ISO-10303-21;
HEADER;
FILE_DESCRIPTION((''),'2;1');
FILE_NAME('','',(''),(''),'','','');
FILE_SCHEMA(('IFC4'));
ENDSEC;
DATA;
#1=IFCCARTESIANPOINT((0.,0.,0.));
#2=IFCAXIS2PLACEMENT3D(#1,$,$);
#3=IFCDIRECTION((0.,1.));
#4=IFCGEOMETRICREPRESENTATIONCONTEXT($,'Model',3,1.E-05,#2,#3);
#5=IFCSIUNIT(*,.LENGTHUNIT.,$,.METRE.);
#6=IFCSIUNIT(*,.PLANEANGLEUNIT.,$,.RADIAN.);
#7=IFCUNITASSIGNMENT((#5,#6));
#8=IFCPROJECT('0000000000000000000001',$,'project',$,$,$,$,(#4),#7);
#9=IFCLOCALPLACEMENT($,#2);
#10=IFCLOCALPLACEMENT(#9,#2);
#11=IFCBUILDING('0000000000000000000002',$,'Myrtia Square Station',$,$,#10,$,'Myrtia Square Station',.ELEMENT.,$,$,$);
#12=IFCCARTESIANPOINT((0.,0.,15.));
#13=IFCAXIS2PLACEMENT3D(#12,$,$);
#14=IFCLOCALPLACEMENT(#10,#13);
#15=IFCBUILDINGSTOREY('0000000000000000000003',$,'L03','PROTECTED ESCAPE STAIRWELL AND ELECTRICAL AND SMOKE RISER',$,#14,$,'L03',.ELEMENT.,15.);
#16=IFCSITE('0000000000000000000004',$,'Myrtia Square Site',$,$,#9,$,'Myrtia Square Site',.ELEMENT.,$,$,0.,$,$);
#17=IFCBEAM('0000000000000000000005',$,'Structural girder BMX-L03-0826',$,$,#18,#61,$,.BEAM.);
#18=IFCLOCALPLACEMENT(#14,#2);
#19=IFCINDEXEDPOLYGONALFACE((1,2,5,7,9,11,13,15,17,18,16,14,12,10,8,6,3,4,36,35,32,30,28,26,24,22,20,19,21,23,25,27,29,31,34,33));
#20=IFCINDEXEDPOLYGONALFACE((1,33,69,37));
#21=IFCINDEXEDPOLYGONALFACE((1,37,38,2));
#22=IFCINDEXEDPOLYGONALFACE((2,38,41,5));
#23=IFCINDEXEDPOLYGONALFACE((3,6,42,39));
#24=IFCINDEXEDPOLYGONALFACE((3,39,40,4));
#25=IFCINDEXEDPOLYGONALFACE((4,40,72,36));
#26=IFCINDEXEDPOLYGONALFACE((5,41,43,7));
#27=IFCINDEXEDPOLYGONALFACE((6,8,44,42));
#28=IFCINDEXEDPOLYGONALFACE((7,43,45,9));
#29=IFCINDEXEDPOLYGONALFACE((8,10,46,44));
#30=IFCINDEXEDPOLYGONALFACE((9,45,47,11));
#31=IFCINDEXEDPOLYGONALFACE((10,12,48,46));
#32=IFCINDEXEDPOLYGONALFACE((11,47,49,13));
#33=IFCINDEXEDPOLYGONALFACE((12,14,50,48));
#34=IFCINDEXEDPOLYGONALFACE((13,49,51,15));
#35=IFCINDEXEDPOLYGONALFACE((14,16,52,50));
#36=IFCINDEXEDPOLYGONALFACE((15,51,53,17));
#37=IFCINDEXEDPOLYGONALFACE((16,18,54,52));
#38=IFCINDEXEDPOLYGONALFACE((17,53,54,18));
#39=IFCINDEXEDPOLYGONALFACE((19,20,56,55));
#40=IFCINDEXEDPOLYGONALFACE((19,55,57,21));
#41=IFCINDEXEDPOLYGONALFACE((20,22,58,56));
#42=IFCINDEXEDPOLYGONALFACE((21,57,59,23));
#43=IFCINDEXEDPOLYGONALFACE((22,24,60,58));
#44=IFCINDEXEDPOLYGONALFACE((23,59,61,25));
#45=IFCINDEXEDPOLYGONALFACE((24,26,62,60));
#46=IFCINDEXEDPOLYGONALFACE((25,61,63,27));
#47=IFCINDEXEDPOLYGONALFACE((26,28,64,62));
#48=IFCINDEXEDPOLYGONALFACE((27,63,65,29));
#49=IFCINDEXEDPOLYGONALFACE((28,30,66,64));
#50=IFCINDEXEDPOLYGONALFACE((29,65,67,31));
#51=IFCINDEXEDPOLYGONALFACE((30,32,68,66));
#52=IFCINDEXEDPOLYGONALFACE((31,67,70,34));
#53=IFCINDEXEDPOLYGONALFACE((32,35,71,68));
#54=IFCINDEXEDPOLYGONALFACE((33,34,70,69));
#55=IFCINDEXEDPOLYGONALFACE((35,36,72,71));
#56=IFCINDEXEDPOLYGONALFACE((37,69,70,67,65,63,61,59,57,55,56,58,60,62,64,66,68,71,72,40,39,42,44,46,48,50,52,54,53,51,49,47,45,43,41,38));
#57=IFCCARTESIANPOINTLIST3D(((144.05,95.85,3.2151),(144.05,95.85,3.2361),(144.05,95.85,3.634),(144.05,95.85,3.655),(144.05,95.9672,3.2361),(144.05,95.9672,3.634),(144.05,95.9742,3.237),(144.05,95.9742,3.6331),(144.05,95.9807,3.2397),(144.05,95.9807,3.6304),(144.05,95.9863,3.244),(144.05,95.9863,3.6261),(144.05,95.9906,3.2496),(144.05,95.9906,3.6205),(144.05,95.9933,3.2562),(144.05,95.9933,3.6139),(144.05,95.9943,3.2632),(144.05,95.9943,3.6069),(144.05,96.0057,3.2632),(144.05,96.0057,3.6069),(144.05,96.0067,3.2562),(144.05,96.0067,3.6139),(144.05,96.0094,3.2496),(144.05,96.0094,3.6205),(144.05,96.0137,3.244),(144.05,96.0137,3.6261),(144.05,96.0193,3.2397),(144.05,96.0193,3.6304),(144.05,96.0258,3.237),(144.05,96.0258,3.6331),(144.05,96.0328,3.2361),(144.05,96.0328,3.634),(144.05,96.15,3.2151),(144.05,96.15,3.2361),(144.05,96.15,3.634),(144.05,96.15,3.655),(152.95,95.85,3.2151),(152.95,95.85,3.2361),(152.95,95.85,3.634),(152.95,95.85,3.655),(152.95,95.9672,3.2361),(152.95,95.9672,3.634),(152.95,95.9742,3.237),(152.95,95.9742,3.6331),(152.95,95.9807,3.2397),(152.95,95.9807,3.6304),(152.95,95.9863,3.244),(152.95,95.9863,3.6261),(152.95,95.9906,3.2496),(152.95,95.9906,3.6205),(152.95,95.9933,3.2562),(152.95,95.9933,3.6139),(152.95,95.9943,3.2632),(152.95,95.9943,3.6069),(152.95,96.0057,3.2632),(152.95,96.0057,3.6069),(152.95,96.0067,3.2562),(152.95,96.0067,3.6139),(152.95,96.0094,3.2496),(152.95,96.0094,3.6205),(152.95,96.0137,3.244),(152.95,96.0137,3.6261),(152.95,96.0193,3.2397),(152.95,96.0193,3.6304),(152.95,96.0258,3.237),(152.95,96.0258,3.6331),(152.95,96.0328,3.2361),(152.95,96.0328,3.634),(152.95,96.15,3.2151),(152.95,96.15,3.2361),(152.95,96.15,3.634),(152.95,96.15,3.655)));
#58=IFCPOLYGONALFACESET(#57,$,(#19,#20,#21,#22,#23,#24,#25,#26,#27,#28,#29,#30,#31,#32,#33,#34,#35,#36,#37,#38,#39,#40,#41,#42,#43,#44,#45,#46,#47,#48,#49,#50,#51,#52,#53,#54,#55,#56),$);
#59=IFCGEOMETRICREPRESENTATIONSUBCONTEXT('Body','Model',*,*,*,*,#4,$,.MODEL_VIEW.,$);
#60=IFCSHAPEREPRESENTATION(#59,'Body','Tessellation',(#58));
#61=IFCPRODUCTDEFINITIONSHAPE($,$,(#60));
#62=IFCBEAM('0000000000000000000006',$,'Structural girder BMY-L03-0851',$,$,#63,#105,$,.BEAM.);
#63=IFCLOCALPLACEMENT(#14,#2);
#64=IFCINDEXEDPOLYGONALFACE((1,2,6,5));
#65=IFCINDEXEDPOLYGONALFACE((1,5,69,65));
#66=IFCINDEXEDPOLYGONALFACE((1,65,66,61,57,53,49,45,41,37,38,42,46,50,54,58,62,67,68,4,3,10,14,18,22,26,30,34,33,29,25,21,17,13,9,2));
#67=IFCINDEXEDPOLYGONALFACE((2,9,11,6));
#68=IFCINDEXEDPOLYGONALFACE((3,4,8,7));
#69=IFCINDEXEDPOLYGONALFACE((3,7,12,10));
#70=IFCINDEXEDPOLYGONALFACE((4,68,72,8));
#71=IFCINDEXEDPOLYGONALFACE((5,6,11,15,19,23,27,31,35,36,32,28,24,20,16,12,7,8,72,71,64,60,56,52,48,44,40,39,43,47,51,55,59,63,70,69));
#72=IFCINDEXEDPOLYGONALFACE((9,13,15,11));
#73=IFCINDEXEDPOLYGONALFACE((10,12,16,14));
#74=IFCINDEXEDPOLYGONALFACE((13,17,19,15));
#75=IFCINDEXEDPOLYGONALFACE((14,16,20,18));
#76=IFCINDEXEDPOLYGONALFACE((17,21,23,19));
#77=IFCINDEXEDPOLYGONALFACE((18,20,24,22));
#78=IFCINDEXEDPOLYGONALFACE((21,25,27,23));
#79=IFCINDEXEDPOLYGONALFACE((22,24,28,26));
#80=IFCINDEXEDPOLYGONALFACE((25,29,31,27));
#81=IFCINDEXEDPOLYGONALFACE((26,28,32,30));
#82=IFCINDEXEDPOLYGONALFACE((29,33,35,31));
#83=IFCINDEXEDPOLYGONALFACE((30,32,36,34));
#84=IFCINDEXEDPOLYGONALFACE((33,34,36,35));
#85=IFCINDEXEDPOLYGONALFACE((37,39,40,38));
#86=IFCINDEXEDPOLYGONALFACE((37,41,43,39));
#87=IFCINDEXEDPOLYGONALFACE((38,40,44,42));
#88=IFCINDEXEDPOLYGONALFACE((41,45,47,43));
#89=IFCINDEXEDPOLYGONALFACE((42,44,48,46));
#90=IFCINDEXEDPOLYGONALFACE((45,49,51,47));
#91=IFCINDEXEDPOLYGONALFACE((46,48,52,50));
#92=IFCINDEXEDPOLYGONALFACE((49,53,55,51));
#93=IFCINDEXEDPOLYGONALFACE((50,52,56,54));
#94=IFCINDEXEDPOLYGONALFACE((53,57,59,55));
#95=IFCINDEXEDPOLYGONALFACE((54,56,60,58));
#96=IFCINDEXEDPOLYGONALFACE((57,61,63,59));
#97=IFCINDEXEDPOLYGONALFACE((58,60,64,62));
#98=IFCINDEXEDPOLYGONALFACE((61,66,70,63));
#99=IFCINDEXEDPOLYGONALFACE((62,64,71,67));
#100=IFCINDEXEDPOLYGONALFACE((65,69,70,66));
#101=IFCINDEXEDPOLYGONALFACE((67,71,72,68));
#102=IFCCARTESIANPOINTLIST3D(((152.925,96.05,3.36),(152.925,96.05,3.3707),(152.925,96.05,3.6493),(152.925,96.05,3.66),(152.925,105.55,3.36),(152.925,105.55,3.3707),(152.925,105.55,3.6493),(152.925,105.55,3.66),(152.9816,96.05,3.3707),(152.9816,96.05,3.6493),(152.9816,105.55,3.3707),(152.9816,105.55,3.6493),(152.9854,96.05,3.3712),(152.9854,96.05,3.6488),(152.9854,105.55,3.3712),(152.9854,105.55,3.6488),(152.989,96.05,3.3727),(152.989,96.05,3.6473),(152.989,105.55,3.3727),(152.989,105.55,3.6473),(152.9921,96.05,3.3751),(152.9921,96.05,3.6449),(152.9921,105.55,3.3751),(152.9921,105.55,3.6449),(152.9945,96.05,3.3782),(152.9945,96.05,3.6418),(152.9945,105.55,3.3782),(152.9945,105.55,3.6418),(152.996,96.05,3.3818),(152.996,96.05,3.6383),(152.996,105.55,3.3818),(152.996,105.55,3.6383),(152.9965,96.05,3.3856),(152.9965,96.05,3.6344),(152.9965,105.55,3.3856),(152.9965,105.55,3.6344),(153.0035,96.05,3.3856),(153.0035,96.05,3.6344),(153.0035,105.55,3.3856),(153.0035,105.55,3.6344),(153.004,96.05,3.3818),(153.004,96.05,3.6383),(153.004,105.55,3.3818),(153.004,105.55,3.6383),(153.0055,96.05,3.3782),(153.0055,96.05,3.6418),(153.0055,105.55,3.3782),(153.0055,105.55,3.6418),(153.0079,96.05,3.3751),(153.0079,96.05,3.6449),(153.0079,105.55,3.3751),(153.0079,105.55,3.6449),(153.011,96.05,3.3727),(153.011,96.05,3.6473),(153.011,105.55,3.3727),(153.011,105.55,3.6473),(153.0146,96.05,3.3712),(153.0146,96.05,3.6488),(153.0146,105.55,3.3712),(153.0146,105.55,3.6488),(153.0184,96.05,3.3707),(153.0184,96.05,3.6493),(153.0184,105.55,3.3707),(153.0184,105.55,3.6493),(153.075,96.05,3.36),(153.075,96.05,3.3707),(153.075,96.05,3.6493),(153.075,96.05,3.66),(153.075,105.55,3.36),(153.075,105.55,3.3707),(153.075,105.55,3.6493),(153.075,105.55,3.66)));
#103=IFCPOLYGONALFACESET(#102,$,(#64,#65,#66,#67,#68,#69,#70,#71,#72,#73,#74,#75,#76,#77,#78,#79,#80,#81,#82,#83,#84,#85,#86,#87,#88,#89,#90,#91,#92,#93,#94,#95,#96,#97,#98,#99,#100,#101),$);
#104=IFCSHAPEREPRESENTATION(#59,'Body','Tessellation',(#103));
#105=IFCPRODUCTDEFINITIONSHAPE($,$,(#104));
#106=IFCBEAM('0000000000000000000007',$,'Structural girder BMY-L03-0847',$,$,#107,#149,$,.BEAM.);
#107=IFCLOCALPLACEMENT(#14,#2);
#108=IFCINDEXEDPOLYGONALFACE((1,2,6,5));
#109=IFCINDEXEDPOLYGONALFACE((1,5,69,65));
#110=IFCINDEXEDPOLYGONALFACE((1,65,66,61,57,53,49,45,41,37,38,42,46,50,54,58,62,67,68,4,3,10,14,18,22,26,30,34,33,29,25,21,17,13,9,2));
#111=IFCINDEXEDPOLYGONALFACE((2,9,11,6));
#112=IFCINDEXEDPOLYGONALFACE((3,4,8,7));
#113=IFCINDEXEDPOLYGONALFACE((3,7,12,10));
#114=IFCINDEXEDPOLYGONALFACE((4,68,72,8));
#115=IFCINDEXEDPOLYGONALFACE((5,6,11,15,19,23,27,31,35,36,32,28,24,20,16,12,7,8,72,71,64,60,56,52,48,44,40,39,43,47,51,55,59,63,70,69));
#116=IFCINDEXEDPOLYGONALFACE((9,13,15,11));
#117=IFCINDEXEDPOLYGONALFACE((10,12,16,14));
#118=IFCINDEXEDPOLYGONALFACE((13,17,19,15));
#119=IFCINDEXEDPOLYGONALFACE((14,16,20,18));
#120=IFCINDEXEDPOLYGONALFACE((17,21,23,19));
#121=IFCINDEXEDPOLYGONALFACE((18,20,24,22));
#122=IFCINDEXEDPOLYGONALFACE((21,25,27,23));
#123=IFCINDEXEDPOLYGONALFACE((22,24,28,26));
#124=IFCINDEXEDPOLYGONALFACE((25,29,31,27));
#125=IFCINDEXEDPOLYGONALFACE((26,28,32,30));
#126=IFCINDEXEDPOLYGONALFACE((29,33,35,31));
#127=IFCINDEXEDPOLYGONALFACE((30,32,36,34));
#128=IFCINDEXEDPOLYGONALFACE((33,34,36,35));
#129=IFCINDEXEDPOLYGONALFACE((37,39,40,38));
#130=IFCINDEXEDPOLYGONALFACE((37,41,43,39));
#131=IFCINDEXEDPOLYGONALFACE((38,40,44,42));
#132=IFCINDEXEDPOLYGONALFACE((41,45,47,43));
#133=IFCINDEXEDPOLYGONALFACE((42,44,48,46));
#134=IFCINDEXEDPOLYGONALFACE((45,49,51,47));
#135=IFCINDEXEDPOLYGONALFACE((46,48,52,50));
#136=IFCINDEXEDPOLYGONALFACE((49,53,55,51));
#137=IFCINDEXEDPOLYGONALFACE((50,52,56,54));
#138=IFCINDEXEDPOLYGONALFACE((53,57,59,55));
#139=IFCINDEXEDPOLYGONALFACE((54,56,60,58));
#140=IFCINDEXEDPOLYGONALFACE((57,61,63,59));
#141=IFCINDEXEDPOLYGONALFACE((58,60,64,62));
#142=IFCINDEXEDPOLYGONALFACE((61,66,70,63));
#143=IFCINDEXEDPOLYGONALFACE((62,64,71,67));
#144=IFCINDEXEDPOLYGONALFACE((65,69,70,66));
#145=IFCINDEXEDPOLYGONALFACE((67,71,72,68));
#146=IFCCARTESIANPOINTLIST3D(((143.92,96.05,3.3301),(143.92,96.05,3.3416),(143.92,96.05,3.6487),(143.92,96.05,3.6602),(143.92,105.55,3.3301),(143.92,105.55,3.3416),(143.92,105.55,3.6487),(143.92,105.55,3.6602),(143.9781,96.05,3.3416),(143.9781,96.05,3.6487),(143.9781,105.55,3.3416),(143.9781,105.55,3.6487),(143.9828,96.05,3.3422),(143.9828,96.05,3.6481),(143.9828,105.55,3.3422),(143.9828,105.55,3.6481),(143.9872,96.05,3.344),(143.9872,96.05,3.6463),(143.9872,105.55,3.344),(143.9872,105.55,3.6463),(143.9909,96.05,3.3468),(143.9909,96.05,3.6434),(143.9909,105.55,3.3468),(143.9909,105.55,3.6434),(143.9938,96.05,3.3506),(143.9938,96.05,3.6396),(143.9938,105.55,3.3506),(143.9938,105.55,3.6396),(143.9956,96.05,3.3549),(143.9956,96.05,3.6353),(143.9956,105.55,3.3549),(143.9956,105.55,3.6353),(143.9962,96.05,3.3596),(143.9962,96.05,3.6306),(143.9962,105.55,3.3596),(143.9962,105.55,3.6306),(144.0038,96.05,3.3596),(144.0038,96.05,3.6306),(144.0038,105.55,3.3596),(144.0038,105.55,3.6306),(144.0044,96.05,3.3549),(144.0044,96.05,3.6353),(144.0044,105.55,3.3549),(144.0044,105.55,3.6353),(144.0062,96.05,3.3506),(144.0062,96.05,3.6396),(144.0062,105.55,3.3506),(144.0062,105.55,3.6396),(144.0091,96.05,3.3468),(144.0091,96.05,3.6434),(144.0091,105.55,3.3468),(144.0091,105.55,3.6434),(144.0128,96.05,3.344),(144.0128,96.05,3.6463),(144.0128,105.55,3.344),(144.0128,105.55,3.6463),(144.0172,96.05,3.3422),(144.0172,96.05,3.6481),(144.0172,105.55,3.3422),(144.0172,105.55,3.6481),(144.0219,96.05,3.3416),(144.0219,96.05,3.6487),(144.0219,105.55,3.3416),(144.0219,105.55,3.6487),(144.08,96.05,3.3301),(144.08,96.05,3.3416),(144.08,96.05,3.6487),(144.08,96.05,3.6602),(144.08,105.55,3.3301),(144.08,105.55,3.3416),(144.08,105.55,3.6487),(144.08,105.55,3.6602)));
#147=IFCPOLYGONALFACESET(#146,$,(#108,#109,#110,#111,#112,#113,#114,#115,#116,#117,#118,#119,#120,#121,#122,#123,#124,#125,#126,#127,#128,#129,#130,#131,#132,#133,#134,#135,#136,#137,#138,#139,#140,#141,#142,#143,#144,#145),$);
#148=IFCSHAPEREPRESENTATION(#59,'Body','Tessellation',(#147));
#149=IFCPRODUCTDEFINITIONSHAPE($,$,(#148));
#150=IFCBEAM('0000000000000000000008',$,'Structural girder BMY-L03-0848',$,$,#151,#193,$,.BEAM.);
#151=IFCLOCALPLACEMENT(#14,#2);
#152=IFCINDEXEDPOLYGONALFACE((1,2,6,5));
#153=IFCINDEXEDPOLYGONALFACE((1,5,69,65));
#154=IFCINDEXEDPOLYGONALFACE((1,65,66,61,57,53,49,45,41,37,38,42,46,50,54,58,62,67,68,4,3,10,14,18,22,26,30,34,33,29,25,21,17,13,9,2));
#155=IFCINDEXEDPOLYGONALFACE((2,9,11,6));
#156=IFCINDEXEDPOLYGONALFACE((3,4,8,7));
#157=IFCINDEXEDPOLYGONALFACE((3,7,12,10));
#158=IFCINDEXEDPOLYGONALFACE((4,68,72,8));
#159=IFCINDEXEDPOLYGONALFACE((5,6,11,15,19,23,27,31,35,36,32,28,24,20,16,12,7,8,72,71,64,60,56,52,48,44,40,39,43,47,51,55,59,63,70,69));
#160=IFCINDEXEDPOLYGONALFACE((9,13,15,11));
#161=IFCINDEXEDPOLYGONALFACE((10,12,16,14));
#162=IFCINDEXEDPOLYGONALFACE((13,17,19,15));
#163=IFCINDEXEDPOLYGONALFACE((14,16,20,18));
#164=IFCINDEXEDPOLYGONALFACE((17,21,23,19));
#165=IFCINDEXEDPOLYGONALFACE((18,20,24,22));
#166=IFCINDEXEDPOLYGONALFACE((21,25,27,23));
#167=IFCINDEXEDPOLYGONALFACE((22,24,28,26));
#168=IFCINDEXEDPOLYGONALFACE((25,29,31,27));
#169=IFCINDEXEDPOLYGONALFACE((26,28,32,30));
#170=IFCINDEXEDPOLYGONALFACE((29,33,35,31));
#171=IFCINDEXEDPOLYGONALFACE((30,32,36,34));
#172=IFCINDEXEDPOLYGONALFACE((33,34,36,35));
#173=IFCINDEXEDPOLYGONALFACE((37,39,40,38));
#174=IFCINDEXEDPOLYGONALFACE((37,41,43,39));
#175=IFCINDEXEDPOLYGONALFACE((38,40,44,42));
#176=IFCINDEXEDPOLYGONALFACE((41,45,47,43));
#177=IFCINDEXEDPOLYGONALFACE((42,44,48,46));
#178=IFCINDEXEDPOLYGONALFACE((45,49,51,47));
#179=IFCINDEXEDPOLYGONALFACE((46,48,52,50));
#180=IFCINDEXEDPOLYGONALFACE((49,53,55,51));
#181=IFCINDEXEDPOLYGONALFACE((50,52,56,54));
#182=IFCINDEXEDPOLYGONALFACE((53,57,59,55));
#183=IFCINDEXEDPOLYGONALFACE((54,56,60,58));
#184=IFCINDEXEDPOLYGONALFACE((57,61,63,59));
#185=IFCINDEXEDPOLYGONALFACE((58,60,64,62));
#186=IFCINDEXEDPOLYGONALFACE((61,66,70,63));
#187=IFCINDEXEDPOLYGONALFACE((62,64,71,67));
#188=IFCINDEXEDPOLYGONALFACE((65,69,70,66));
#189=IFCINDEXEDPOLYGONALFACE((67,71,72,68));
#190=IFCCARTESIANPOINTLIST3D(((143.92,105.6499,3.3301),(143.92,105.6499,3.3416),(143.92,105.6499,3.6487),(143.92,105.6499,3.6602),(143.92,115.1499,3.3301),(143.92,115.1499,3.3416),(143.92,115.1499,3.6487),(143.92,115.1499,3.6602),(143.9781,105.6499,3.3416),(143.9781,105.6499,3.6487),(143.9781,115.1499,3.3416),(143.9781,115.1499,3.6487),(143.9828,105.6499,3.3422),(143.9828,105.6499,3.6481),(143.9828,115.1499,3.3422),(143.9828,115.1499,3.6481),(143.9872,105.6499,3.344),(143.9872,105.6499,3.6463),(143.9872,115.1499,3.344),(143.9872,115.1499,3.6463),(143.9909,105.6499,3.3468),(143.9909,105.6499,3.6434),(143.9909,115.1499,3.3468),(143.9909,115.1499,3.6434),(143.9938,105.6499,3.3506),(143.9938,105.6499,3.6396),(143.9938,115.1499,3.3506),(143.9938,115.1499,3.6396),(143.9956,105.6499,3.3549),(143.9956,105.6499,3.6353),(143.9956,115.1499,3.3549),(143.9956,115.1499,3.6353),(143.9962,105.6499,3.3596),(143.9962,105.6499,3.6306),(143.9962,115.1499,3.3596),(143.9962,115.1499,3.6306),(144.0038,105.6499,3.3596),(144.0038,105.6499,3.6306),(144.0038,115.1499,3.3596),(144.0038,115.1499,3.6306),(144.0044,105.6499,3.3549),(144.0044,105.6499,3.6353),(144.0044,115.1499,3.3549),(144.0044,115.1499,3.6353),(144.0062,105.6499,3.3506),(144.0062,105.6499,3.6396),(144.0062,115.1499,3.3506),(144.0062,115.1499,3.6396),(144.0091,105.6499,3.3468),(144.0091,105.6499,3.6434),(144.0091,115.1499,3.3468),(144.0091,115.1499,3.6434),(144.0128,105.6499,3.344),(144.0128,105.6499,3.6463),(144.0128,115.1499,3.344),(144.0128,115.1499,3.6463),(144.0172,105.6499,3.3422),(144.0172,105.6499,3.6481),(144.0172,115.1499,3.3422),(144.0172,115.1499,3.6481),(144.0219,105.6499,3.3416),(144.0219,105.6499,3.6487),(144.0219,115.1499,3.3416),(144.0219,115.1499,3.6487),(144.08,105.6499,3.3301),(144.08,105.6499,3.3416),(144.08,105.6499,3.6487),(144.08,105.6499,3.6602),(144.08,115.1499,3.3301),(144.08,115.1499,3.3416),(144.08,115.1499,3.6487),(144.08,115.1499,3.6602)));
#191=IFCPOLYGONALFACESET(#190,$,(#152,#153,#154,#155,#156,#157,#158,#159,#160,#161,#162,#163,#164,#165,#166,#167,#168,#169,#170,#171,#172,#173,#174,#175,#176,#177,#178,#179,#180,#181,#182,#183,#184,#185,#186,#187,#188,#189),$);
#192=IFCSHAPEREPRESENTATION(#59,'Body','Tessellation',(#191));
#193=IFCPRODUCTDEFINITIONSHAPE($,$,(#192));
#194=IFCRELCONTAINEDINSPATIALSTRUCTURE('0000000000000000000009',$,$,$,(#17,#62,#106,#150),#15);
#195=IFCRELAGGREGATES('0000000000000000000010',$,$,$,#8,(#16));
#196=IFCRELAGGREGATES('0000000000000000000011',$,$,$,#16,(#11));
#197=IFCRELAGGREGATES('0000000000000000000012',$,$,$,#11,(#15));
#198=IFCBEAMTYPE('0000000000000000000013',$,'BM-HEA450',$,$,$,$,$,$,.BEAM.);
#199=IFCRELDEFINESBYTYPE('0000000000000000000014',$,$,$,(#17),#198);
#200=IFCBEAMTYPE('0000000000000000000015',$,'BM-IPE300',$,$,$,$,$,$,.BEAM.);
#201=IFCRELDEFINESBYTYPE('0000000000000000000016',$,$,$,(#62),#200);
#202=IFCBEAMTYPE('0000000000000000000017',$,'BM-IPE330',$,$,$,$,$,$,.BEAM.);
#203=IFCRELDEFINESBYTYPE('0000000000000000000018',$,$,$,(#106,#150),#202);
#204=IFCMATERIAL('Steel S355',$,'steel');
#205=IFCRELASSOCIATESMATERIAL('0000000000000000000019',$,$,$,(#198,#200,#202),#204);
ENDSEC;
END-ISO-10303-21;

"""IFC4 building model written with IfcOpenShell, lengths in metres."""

from ifc_helpers import new_model, si_unit, direction, frame, origin, origin_2d, place, context, subcontext, project, spatial, i_section, extrude, material, material_profile, profile_set, type_object, element, save


model = new_model("IFC4")

# Units and contexts
model_context = context("Model", 3, precision=1e-05, world=origin(), true_north=direction((0.0, 1.0)))
body_context = subcontext(model_context, "Body", "Model", "MODEL_VIEW")
ifc_project = project(units=[si_unit("LENGTHUNIT", "METRE"), si_unit("PLANEANGLEUNIT", "RADIAN")], contexts=[model_context])

# Site, building, storey
site_placement = place(None, origin())
site = spatial("IfcSite", under=ifc_project, at=site_placement, Name="Myrtia Square Site", LongName="Myrtia Square Site", CompositionType="ELEMENT", RefElevation=0.0)
building_placement = place(site_placement, origin())
building = spatial("IfcBuilding", under=site, at=building_placement, Name="Myrtia Square Station", LongName="Myrtia Square Station", CompositionType="ELEMENT")
storey_placement = place(building_placement, frame((0.0, 0.0, 15.0)))
storey = spatial("IfcBuildingStorey", under=building, at=storey_placement, Name="L03", Description="PROTECTED ESCAPE STAIRWELL AND ELECTRICAL AND SMOKE RISER", LongName="L03", CompositionType="ELEMENT", Elevation=15.0)

# Shared definitions
ifc_material_1 = material(Name="Steel S355", Category="steel")

# Beams
ifc_material_profile_1 = material_profile(ifc_material_1, i_section(OverallWidth=0.3, OverallDepth=0.4399, WebThickness=0.0115, FlangeThickness=0.021, FilletRadius=0.0271, at=origin_2d()), Name="HEA 450")
ifc_profile_set_1 = profile_set([ifc_material_profile_1], Name="Steel S355")
beam_type_1 = type_object("IfcBeamType", Name="BM-HEA450", PredefinedType="BEAM", material=ifc_profile_set_1)
beam_1_placement = place(storey_placement, frame((144.05, 96.0, 3.4351), z_axis=(1.0, 0.0, 0.0), x_axis=(0.0, 1.0, 0.0)))
element("IfcBeam", 1, at=beam_1_placement, inside=storey, type_object=beam_type_1, Name="Structural girder BMX-L03-0826", PredefinedType="BEAM", context=body_context, shape_type="SweptSolid", body=[
    extrude(i_section(OverallWidth=0.3, OverallDepth=0.4399, WebThickness=0.0115, FlangeThickness=0.021, FilletRadius=0.0271, at=origin_2d()), origin(), (0.0, 0.0, 1.0), 8.8999),
])
ifc_material_profile_2 = material_profile(ifc_material_1, i_section(OverallWidth=0.1499, OverallDepth=0.3, WebThickness=0.0071, FlangeThickness=0.0107, FilletRadius=0.0149, at=origin_2d()), Name="IPE 300")
ifc_profile_set_2 = profile_set([ifc_material_profile_2], Name="Steel S355")
beam_type_2 = type_object("IfcBeamType", Name="BM-IPE300", PredefinedType="BEAM", material=ifc_profile_set_2)
beam_2_placement = place(storey_placement, frame((153.0, 96.05, 3.51), z_axis=(0.0, 1.0, 0.0), x_axis=(-1.0, 0.0, 0.0)))
element("IfcBeam", 2, at=beam_2_placement, inside=storey, type_object=beam_type_2, Name="Structural girder BMY-L03-0851", PredefinedType="BEAM", context=body_context, shape_type="SweptSolid", body=[
    extrude(i_section(OverallWidth=0.1499, OverallDepth=0.3, WebThickness=0.0071, FlangeThickness=0.0107, FilletRadius=0.0149, at=origin_2d()), origin(), (0.0, 0.0, 1.0), 9.5),
])
ifc_material_profile_3 = material_profile(ifc_material_1, i_section(OverallWidth=0.1599, OverallDepth=0.3301, WebThickness=0.0076, FlangeThickness=0.0115, FilletRadius=0.0181, at=origin_2d()), Name="IPE 330")
ifc_profile_set_3 = profile_set([ifc_material_profile_3], Name="Steel S355")
beam_type_3 = type_object("IfcBeamType", Name="BM-IPE330", PredefinedType="BEAM", material=ifc_profile_set_3)
for number, where, z_axis, x_axis, name in (
    (3, (144.0, 96.05, 3.4951), (0.0, 1.0, 0.0), (-1.0, 0.0, 0.0), "Structural girder BMY-L03-0847"),
    (4, (144.0, 105.6499, 3.4951), (0.0, 1.0, 0.0), (-1.0, 0.0, 0.0), "Structural girder BMY-L03-0848"),
):
    element("IfcBeam", number, at=place(storey_placement, frame(where, z_axis=z_axis, x_axis=x_axis)), inside=storey, type_object=beam_type_3, Name=name, PredefinedType="BEAM", context=body_context, shape_type="SweptSolid", body=[
        extrude(i_section(OverallWidth=0.1599, OverallDepth=0.3301, WebThickness=0.0076, FlangeThickness=0.0115, FilletRadius=0.0181, at=origin_2d()), origin(), (0.0, 0.0, 1.0), 9.5),
    ])

save(model, "model.ifc")
